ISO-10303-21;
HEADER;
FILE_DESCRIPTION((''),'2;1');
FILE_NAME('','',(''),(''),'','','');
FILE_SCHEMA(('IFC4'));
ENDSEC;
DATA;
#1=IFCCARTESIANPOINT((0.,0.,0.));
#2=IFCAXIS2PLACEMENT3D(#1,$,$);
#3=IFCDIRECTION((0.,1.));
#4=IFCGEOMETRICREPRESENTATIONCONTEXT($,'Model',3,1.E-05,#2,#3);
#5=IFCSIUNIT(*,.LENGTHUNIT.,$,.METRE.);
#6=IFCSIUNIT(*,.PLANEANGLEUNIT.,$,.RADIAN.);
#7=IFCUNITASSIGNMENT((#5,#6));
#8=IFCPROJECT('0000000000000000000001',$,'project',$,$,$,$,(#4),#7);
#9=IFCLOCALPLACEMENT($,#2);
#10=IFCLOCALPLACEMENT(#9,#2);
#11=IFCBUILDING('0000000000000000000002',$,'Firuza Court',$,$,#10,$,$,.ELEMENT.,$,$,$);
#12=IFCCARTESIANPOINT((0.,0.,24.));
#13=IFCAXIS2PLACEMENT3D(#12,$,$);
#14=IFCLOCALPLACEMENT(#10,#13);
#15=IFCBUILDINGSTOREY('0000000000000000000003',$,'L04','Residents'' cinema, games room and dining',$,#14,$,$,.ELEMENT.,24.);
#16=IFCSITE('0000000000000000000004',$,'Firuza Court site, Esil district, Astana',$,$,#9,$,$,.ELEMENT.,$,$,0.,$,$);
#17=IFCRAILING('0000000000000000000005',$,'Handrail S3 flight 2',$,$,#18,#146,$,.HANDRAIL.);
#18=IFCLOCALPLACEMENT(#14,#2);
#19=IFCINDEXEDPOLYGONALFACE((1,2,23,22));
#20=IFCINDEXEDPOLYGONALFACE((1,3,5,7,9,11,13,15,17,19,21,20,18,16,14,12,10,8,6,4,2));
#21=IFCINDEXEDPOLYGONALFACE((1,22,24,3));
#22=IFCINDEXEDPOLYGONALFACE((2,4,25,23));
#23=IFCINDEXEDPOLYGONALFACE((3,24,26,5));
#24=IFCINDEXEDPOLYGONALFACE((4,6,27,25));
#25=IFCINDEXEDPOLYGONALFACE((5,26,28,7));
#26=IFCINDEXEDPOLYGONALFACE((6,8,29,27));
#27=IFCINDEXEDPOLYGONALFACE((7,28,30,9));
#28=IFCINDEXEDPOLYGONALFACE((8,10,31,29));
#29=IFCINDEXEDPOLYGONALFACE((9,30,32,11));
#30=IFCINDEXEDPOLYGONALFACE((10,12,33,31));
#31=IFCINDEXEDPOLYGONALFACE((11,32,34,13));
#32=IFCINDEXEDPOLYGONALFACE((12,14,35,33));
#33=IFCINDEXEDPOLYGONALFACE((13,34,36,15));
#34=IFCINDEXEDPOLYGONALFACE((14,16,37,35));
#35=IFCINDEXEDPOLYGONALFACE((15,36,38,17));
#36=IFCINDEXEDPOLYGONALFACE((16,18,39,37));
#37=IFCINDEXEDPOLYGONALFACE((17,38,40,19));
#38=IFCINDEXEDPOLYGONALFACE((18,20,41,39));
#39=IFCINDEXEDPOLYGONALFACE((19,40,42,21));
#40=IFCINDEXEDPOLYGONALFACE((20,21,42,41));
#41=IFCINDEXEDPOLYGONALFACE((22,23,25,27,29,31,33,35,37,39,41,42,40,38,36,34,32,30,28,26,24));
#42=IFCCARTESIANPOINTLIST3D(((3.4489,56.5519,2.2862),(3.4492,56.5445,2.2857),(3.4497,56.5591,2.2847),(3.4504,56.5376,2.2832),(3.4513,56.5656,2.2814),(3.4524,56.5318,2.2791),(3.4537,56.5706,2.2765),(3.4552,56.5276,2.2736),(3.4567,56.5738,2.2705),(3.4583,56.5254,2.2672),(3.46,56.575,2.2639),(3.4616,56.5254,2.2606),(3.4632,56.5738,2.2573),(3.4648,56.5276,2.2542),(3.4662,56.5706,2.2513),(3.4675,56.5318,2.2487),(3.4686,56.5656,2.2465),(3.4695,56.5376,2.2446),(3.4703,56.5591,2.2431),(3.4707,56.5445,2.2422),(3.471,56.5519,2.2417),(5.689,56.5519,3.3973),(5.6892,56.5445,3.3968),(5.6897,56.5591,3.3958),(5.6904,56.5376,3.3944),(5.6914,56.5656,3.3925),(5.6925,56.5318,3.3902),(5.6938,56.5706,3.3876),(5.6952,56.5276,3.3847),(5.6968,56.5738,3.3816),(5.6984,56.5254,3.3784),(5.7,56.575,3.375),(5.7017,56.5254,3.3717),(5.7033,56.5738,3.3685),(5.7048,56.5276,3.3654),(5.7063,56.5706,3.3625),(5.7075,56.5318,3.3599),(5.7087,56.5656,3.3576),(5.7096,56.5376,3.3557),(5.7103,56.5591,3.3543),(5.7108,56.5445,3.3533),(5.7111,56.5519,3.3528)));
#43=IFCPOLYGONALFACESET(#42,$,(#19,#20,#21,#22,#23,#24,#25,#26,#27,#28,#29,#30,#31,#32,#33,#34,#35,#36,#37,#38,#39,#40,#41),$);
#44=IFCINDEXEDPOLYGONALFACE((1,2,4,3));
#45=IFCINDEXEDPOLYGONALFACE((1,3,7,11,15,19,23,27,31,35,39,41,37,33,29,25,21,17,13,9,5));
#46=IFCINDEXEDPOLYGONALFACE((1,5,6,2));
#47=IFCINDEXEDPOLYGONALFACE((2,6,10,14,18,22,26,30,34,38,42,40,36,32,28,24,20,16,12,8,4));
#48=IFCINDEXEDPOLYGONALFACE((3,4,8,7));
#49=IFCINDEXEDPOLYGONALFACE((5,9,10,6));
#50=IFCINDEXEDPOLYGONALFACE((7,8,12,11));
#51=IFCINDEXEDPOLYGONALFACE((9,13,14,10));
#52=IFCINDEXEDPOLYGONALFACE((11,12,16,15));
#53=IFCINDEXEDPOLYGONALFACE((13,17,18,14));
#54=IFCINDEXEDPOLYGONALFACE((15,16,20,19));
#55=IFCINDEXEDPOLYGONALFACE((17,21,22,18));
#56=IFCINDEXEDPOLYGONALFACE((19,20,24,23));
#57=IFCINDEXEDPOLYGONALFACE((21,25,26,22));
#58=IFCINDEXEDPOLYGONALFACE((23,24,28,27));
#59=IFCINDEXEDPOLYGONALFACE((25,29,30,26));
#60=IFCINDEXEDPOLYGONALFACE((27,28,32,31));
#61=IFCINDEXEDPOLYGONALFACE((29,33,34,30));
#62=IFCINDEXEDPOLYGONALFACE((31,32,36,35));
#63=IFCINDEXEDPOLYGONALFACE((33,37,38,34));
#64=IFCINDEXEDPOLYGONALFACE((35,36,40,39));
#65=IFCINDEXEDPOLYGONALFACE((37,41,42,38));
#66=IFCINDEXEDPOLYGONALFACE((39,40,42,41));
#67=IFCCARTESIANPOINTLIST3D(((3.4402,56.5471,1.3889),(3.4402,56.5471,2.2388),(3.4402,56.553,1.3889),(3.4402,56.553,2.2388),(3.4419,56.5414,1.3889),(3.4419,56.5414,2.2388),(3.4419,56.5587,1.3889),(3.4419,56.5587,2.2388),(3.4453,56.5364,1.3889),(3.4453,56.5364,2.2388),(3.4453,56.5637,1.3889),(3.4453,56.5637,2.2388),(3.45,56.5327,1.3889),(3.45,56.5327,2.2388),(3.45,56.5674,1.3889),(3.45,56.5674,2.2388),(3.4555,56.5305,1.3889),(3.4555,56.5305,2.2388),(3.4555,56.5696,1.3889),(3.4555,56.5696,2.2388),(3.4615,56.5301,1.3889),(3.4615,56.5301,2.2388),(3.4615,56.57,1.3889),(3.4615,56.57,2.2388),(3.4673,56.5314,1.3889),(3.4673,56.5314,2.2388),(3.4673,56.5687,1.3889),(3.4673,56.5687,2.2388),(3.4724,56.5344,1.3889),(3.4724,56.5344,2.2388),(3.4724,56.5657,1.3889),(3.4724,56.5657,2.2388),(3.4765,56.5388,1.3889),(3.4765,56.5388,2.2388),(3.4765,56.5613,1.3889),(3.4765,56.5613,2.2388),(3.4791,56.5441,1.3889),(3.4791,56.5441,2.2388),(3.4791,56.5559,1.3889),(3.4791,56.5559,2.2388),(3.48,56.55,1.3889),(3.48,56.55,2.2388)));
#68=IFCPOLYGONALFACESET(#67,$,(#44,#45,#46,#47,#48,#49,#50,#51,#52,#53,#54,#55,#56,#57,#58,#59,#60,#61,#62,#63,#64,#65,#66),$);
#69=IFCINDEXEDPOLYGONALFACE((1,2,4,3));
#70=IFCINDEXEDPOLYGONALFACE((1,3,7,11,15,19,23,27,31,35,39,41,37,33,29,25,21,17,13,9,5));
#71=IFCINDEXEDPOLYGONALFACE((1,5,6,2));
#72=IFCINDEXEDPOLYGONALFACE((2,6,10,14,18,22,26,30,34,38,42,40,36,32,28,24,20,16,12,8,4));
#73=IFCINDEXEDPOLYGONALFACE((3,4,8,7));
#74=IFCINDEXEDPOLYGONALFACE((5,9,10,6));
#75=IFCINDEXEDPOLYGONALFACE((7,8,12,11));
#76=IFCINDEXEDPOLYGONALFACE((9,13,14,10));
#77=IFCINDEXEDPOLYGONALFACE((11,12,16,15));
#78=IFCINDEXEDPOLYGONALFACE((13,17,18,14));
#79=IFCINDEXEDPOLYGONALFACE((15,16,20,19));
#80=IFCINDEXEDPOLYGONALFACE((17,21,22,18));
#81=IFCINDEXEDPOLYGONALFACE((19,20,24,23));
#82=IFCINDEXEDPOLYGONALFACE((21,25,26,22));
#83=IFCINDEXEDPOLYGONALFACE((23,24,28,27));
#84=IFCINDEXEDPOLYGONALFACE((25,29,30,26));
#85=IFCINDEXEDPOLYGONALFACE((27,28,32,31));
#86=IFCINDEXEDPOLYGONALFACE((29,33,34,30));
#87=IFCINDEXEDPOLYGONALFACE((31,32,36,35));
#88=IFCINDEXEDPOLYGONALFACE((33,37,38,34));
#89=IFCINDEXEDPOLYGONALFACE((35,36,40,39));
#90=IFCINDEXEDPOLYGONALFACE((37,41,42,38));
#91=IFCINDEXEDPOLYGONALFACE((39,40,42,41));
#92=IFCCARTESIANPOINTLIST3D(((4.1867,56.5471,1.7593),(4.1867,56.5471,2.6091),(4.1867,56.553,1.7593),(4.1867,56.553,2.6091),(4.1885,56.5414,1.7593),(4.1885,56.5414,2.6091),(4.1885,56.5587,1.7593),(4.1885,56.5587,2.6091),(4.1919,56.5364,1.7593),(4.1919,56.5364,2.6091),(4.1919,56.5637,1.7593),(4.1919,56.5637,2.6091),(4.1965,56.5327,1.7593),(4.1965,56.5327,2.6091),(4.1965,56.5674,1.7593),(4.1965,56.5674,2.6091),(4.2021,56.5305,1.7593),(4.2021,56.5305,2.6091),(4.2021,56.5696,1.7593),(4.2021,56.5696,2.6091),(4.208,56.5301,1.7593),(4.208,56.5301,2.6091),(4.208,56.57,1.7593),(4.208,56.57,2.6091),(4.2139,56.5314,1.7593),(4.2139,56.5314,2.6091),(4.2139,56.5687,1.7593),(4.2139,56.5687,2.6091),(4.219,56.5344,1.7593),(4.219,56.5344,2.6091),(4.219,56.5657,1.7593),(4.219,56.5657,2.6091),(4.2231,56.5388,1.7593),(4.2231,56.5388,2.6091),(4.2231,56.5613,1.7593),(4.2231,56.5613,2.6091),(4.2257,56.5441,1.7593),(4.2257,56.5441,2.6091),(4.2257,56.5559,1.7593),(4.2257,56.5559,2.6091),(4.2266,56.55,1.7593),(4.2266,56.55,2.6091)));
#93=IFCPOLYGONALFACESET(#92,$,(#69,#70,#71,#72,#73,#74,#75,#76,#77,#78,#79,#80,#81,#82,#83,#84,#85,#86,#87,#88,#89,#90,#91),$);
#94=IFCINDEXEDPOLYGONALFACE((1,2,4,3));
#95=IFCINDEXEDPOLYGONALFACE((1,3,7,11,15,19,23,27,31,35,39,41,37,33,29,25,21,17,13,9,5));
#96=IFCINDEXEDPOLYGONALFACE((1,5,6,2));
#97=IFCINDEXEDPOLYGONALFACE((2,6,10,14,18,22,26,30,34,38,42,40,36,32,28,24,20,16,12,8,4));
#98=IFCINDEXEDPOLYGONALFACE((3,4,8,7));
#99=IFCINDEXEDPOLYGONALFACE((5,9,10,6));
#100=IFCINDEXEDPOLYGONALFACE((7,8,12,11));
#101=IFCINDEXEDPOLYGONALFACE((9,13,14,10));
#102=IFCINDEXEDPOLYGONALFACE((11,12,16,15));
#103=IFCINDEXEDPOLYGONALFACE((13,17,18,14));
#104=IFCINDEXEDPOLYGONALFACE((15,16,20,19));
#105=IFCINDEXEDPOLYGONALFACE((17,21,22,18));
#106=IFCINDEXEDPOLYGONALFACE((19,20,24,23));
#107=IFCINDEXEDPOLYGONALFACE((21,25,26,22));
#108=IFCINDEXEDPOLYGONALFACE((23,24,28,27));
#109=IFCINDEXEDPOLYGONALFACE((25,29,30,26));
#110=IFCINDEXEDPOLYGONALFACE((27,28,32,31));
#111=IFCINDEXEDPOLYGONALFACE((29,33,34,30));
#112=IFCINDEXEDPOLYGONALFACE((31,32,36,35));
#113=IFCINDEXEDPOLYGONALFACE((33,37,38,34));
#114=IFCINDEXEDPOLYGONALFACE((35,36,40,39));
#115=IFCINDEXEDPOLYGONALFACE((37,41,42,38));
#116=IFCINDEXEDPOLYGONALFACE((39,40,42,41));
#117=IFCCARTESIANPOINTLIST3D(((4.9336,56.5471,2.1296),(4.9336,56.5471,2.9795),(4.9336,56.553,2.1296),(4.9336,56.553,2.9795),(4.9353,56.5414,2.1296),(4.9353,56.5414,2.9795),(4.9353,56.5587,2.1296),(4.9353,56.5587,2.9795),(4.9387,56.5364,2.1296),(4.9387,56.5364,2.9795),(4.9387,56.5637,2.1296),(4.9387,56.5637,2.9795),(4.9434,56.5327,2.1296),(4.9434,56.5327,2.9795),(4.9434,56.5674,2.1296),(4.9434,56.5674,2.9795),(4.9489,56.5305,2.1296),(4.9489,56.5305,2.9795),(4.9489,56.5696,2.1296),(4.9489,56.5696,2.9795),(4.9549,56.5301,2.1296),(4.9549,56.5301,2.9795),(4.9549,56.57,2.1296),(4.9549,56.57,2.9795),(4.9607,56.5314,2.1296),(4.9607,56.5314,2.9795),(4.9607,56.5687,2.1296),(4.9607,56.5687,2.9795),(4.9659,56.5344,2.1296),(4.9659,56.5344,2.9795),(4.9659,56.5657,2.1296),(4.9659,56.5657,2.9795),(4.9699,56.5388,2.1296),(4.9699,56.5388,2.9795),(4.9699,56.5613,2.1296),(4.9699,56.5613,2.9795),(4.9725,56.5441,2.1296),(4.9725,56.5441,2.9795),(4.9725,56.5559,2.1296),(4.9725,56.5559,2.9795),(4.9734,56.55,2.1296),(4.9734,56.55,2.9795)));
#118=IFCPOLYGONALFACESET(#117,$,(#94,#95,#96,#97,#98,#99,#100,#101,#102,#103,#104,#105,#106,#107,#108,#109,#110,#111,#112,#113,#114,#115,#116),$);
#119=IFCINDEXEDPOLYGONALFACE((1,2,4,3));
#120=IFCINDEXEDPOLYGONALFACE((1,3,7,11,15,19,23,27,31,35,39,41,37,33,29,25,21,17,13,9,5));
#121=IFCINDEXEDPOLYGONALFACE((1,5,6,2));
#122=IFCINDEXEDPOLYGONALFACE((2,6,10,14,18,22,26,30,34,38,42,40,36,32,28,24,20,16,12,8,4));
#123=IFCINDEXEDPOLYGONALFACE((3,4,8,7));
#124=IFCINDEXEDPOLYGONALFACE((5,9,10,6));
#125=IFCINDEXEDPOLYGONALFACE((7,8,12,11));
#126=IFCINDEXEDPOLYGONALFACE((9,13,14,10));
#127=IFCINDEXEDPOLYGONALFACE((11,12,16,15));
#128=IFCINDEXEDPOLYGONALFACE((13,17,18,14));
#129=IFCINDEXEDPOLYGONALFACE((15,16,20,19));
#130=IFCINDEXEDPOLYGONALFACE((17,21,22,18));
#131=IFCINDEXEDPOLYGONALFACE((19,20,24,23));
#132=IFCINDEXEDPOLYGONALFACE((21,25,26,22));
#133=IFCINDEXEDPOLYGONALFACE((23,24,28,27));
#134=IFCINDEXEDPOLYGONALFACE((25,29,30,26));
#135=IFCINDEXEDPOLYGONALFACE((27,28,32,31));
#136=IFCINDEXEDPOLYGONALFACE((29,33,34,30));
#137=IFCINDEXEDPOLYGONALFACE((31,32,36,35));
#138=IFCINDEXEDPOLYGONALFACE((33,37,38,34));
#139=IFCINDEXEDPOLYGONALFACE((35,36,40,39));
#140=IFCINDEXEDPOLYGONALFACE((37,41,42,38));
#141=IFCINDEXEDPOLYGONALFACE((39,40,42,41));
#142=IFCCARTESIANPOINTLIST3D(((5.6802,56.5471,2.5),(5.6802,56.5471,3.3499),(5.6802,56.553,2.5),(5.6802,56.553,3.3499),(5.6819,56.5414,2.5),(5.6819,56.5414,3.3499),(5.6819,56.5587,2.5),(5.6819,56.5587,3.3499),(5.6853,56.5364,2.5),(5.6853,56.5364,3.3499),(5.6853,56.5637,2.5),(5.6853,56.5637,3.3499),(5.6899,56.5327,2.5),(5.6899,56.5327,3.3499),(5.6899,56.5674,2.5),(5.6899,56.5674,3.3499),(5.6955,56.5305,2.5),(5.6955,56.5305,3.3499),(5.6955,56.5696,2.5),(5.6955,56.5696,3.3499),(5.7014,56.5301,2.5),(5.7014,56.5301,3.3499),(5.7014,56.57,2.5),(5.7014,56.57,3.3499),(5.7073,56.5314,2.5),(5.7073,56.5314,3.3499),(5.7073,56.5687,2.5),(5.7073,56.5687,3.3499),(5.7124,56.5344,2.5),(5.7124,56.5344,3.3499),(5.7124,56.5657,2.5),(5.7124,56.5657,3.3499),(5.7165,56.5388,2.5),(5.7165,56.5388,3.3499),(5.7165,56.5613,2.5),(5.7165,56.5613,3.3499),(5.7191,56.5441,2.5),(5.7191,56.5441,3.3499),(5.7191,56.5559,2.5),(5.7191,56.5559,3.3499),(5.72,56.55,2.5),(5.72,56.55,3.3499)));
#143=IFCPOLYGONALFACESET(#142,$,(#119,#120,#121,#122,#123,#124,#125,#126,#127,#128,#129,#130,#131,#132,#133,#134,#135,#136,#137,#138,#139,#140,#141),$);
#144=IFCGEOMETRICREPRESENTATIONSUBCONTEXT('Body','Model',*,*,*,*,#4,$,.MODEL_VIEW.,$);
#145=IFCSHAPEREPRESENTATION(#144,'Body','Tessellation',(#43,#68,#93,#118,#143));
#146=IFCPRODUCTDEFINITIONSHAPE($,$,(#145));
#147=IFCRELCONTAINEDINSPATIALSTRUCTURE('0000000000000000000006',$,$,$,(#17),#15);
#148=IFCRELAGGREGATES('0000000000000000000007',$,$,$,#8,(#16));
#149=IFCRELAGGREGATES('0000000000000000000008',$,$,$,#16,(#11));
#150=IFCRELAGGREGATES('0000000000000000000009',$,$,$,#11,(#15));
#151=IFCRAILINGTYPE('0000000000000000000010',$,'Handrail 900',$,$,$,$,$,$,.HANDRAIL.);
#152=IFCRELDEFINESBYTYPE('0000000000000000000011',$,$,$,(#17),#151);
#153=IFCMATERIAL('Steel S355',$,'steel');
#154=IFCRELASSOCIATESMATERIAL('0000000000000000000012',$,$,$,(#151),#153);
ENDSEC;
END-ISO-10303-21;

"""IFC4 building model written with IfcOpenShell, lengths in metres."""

from ifc_helpers import new_model, si_unit, direction, frame, origin, origin_2d, place, context, subcontext, project, spatial, circle, extrude, material, type_object, element, save


model = new_model("IFC4")

# Units and contexts
model_context = context("Model", 3, precision=1e-05, world=origin(), true_north=direction((0.0, 1.0)))
body_context = subcontext(model_context, "Body", "Model", "MODEL_VIEW")
ifc_project = project(units=[si_unit("LENGTHUNIT", "METRE"), si_unit("PLANEANGLEUNIT", "RADIAN")], contexts=[model_context])

# Site, building, storey
site_placement = place(None, origin())
site = spatial("IfcSite", under=ifc_project, at=site_placement, Name="Firuza Court site, Esil district, Astana", CompositionType="ELEMENT", RefElevation=0.0)
building_placement = place(site_placement, origin())
building = spatial("IfcBuilding", under=site, at=building_placement, Name="Firuza Court", CompositionType="ELEMENT")
storey_placement = place(building_placement, frame((0.0, 0.0, 24.0)))
storey = spatial("IfcBuildingStorey", under=building, at=storey_placement, Name="L04", Description="Residents' cinema, games room and dining", CompositionType="ELEMENT", Elevation=24.0)

# Railing
ifc_material_1 = material(Name="Steel S355", Category="steel")
railing_type_1 = type_object("IfcRailingType", Name="Handrail 900", PredefinedType="HANDRAIL", material=ifc_material_1)
railing_1_placement = place(storey_placement, frame((3.46, 56.55, 1.3889)))
element("IfcRailing", 1, at=railing_1_placement, inside=storey, type_object=railing_type_1, Name="Handrail S3 flight 2", PredefinedType="HANDRAIL", context=body_context, shape_type="SweptSolid", body=[
    extrude(circle(Radius=0.0249, at=origin_2d()), frame((0.0, 0.0, 0.875), z_axis=(0.895848, 0.0, 0.44436), x_axis=(0.0, 1.0, 0.0)), (0.0, 0.0, 1.0), 2.5005),
    extrude(circle(Radius=0.02, at=origin_2d()), origin(), (0.0, 0.0, 1.0), 0.8499),
    extrude(circle(Radius=0.02, at=origin_2d()), frame((0.7466, 0.0, 0.3704)), (0.0, 0.0, 1.0), 0.8499),
    extrude(circle(Radius=0.02, at=origin_2d()), frame((1.4934, 0.0, 0.7407)), (0.0, 0.0, 1.0), 0.8499),
    extrude(circle(Radius=0.02, at=origin_2d()), frame((2.24, 0.0, 1.1111)), (0.0, 0.0, 1.0), 0.8499),
])

save(model, "model.ifc")
